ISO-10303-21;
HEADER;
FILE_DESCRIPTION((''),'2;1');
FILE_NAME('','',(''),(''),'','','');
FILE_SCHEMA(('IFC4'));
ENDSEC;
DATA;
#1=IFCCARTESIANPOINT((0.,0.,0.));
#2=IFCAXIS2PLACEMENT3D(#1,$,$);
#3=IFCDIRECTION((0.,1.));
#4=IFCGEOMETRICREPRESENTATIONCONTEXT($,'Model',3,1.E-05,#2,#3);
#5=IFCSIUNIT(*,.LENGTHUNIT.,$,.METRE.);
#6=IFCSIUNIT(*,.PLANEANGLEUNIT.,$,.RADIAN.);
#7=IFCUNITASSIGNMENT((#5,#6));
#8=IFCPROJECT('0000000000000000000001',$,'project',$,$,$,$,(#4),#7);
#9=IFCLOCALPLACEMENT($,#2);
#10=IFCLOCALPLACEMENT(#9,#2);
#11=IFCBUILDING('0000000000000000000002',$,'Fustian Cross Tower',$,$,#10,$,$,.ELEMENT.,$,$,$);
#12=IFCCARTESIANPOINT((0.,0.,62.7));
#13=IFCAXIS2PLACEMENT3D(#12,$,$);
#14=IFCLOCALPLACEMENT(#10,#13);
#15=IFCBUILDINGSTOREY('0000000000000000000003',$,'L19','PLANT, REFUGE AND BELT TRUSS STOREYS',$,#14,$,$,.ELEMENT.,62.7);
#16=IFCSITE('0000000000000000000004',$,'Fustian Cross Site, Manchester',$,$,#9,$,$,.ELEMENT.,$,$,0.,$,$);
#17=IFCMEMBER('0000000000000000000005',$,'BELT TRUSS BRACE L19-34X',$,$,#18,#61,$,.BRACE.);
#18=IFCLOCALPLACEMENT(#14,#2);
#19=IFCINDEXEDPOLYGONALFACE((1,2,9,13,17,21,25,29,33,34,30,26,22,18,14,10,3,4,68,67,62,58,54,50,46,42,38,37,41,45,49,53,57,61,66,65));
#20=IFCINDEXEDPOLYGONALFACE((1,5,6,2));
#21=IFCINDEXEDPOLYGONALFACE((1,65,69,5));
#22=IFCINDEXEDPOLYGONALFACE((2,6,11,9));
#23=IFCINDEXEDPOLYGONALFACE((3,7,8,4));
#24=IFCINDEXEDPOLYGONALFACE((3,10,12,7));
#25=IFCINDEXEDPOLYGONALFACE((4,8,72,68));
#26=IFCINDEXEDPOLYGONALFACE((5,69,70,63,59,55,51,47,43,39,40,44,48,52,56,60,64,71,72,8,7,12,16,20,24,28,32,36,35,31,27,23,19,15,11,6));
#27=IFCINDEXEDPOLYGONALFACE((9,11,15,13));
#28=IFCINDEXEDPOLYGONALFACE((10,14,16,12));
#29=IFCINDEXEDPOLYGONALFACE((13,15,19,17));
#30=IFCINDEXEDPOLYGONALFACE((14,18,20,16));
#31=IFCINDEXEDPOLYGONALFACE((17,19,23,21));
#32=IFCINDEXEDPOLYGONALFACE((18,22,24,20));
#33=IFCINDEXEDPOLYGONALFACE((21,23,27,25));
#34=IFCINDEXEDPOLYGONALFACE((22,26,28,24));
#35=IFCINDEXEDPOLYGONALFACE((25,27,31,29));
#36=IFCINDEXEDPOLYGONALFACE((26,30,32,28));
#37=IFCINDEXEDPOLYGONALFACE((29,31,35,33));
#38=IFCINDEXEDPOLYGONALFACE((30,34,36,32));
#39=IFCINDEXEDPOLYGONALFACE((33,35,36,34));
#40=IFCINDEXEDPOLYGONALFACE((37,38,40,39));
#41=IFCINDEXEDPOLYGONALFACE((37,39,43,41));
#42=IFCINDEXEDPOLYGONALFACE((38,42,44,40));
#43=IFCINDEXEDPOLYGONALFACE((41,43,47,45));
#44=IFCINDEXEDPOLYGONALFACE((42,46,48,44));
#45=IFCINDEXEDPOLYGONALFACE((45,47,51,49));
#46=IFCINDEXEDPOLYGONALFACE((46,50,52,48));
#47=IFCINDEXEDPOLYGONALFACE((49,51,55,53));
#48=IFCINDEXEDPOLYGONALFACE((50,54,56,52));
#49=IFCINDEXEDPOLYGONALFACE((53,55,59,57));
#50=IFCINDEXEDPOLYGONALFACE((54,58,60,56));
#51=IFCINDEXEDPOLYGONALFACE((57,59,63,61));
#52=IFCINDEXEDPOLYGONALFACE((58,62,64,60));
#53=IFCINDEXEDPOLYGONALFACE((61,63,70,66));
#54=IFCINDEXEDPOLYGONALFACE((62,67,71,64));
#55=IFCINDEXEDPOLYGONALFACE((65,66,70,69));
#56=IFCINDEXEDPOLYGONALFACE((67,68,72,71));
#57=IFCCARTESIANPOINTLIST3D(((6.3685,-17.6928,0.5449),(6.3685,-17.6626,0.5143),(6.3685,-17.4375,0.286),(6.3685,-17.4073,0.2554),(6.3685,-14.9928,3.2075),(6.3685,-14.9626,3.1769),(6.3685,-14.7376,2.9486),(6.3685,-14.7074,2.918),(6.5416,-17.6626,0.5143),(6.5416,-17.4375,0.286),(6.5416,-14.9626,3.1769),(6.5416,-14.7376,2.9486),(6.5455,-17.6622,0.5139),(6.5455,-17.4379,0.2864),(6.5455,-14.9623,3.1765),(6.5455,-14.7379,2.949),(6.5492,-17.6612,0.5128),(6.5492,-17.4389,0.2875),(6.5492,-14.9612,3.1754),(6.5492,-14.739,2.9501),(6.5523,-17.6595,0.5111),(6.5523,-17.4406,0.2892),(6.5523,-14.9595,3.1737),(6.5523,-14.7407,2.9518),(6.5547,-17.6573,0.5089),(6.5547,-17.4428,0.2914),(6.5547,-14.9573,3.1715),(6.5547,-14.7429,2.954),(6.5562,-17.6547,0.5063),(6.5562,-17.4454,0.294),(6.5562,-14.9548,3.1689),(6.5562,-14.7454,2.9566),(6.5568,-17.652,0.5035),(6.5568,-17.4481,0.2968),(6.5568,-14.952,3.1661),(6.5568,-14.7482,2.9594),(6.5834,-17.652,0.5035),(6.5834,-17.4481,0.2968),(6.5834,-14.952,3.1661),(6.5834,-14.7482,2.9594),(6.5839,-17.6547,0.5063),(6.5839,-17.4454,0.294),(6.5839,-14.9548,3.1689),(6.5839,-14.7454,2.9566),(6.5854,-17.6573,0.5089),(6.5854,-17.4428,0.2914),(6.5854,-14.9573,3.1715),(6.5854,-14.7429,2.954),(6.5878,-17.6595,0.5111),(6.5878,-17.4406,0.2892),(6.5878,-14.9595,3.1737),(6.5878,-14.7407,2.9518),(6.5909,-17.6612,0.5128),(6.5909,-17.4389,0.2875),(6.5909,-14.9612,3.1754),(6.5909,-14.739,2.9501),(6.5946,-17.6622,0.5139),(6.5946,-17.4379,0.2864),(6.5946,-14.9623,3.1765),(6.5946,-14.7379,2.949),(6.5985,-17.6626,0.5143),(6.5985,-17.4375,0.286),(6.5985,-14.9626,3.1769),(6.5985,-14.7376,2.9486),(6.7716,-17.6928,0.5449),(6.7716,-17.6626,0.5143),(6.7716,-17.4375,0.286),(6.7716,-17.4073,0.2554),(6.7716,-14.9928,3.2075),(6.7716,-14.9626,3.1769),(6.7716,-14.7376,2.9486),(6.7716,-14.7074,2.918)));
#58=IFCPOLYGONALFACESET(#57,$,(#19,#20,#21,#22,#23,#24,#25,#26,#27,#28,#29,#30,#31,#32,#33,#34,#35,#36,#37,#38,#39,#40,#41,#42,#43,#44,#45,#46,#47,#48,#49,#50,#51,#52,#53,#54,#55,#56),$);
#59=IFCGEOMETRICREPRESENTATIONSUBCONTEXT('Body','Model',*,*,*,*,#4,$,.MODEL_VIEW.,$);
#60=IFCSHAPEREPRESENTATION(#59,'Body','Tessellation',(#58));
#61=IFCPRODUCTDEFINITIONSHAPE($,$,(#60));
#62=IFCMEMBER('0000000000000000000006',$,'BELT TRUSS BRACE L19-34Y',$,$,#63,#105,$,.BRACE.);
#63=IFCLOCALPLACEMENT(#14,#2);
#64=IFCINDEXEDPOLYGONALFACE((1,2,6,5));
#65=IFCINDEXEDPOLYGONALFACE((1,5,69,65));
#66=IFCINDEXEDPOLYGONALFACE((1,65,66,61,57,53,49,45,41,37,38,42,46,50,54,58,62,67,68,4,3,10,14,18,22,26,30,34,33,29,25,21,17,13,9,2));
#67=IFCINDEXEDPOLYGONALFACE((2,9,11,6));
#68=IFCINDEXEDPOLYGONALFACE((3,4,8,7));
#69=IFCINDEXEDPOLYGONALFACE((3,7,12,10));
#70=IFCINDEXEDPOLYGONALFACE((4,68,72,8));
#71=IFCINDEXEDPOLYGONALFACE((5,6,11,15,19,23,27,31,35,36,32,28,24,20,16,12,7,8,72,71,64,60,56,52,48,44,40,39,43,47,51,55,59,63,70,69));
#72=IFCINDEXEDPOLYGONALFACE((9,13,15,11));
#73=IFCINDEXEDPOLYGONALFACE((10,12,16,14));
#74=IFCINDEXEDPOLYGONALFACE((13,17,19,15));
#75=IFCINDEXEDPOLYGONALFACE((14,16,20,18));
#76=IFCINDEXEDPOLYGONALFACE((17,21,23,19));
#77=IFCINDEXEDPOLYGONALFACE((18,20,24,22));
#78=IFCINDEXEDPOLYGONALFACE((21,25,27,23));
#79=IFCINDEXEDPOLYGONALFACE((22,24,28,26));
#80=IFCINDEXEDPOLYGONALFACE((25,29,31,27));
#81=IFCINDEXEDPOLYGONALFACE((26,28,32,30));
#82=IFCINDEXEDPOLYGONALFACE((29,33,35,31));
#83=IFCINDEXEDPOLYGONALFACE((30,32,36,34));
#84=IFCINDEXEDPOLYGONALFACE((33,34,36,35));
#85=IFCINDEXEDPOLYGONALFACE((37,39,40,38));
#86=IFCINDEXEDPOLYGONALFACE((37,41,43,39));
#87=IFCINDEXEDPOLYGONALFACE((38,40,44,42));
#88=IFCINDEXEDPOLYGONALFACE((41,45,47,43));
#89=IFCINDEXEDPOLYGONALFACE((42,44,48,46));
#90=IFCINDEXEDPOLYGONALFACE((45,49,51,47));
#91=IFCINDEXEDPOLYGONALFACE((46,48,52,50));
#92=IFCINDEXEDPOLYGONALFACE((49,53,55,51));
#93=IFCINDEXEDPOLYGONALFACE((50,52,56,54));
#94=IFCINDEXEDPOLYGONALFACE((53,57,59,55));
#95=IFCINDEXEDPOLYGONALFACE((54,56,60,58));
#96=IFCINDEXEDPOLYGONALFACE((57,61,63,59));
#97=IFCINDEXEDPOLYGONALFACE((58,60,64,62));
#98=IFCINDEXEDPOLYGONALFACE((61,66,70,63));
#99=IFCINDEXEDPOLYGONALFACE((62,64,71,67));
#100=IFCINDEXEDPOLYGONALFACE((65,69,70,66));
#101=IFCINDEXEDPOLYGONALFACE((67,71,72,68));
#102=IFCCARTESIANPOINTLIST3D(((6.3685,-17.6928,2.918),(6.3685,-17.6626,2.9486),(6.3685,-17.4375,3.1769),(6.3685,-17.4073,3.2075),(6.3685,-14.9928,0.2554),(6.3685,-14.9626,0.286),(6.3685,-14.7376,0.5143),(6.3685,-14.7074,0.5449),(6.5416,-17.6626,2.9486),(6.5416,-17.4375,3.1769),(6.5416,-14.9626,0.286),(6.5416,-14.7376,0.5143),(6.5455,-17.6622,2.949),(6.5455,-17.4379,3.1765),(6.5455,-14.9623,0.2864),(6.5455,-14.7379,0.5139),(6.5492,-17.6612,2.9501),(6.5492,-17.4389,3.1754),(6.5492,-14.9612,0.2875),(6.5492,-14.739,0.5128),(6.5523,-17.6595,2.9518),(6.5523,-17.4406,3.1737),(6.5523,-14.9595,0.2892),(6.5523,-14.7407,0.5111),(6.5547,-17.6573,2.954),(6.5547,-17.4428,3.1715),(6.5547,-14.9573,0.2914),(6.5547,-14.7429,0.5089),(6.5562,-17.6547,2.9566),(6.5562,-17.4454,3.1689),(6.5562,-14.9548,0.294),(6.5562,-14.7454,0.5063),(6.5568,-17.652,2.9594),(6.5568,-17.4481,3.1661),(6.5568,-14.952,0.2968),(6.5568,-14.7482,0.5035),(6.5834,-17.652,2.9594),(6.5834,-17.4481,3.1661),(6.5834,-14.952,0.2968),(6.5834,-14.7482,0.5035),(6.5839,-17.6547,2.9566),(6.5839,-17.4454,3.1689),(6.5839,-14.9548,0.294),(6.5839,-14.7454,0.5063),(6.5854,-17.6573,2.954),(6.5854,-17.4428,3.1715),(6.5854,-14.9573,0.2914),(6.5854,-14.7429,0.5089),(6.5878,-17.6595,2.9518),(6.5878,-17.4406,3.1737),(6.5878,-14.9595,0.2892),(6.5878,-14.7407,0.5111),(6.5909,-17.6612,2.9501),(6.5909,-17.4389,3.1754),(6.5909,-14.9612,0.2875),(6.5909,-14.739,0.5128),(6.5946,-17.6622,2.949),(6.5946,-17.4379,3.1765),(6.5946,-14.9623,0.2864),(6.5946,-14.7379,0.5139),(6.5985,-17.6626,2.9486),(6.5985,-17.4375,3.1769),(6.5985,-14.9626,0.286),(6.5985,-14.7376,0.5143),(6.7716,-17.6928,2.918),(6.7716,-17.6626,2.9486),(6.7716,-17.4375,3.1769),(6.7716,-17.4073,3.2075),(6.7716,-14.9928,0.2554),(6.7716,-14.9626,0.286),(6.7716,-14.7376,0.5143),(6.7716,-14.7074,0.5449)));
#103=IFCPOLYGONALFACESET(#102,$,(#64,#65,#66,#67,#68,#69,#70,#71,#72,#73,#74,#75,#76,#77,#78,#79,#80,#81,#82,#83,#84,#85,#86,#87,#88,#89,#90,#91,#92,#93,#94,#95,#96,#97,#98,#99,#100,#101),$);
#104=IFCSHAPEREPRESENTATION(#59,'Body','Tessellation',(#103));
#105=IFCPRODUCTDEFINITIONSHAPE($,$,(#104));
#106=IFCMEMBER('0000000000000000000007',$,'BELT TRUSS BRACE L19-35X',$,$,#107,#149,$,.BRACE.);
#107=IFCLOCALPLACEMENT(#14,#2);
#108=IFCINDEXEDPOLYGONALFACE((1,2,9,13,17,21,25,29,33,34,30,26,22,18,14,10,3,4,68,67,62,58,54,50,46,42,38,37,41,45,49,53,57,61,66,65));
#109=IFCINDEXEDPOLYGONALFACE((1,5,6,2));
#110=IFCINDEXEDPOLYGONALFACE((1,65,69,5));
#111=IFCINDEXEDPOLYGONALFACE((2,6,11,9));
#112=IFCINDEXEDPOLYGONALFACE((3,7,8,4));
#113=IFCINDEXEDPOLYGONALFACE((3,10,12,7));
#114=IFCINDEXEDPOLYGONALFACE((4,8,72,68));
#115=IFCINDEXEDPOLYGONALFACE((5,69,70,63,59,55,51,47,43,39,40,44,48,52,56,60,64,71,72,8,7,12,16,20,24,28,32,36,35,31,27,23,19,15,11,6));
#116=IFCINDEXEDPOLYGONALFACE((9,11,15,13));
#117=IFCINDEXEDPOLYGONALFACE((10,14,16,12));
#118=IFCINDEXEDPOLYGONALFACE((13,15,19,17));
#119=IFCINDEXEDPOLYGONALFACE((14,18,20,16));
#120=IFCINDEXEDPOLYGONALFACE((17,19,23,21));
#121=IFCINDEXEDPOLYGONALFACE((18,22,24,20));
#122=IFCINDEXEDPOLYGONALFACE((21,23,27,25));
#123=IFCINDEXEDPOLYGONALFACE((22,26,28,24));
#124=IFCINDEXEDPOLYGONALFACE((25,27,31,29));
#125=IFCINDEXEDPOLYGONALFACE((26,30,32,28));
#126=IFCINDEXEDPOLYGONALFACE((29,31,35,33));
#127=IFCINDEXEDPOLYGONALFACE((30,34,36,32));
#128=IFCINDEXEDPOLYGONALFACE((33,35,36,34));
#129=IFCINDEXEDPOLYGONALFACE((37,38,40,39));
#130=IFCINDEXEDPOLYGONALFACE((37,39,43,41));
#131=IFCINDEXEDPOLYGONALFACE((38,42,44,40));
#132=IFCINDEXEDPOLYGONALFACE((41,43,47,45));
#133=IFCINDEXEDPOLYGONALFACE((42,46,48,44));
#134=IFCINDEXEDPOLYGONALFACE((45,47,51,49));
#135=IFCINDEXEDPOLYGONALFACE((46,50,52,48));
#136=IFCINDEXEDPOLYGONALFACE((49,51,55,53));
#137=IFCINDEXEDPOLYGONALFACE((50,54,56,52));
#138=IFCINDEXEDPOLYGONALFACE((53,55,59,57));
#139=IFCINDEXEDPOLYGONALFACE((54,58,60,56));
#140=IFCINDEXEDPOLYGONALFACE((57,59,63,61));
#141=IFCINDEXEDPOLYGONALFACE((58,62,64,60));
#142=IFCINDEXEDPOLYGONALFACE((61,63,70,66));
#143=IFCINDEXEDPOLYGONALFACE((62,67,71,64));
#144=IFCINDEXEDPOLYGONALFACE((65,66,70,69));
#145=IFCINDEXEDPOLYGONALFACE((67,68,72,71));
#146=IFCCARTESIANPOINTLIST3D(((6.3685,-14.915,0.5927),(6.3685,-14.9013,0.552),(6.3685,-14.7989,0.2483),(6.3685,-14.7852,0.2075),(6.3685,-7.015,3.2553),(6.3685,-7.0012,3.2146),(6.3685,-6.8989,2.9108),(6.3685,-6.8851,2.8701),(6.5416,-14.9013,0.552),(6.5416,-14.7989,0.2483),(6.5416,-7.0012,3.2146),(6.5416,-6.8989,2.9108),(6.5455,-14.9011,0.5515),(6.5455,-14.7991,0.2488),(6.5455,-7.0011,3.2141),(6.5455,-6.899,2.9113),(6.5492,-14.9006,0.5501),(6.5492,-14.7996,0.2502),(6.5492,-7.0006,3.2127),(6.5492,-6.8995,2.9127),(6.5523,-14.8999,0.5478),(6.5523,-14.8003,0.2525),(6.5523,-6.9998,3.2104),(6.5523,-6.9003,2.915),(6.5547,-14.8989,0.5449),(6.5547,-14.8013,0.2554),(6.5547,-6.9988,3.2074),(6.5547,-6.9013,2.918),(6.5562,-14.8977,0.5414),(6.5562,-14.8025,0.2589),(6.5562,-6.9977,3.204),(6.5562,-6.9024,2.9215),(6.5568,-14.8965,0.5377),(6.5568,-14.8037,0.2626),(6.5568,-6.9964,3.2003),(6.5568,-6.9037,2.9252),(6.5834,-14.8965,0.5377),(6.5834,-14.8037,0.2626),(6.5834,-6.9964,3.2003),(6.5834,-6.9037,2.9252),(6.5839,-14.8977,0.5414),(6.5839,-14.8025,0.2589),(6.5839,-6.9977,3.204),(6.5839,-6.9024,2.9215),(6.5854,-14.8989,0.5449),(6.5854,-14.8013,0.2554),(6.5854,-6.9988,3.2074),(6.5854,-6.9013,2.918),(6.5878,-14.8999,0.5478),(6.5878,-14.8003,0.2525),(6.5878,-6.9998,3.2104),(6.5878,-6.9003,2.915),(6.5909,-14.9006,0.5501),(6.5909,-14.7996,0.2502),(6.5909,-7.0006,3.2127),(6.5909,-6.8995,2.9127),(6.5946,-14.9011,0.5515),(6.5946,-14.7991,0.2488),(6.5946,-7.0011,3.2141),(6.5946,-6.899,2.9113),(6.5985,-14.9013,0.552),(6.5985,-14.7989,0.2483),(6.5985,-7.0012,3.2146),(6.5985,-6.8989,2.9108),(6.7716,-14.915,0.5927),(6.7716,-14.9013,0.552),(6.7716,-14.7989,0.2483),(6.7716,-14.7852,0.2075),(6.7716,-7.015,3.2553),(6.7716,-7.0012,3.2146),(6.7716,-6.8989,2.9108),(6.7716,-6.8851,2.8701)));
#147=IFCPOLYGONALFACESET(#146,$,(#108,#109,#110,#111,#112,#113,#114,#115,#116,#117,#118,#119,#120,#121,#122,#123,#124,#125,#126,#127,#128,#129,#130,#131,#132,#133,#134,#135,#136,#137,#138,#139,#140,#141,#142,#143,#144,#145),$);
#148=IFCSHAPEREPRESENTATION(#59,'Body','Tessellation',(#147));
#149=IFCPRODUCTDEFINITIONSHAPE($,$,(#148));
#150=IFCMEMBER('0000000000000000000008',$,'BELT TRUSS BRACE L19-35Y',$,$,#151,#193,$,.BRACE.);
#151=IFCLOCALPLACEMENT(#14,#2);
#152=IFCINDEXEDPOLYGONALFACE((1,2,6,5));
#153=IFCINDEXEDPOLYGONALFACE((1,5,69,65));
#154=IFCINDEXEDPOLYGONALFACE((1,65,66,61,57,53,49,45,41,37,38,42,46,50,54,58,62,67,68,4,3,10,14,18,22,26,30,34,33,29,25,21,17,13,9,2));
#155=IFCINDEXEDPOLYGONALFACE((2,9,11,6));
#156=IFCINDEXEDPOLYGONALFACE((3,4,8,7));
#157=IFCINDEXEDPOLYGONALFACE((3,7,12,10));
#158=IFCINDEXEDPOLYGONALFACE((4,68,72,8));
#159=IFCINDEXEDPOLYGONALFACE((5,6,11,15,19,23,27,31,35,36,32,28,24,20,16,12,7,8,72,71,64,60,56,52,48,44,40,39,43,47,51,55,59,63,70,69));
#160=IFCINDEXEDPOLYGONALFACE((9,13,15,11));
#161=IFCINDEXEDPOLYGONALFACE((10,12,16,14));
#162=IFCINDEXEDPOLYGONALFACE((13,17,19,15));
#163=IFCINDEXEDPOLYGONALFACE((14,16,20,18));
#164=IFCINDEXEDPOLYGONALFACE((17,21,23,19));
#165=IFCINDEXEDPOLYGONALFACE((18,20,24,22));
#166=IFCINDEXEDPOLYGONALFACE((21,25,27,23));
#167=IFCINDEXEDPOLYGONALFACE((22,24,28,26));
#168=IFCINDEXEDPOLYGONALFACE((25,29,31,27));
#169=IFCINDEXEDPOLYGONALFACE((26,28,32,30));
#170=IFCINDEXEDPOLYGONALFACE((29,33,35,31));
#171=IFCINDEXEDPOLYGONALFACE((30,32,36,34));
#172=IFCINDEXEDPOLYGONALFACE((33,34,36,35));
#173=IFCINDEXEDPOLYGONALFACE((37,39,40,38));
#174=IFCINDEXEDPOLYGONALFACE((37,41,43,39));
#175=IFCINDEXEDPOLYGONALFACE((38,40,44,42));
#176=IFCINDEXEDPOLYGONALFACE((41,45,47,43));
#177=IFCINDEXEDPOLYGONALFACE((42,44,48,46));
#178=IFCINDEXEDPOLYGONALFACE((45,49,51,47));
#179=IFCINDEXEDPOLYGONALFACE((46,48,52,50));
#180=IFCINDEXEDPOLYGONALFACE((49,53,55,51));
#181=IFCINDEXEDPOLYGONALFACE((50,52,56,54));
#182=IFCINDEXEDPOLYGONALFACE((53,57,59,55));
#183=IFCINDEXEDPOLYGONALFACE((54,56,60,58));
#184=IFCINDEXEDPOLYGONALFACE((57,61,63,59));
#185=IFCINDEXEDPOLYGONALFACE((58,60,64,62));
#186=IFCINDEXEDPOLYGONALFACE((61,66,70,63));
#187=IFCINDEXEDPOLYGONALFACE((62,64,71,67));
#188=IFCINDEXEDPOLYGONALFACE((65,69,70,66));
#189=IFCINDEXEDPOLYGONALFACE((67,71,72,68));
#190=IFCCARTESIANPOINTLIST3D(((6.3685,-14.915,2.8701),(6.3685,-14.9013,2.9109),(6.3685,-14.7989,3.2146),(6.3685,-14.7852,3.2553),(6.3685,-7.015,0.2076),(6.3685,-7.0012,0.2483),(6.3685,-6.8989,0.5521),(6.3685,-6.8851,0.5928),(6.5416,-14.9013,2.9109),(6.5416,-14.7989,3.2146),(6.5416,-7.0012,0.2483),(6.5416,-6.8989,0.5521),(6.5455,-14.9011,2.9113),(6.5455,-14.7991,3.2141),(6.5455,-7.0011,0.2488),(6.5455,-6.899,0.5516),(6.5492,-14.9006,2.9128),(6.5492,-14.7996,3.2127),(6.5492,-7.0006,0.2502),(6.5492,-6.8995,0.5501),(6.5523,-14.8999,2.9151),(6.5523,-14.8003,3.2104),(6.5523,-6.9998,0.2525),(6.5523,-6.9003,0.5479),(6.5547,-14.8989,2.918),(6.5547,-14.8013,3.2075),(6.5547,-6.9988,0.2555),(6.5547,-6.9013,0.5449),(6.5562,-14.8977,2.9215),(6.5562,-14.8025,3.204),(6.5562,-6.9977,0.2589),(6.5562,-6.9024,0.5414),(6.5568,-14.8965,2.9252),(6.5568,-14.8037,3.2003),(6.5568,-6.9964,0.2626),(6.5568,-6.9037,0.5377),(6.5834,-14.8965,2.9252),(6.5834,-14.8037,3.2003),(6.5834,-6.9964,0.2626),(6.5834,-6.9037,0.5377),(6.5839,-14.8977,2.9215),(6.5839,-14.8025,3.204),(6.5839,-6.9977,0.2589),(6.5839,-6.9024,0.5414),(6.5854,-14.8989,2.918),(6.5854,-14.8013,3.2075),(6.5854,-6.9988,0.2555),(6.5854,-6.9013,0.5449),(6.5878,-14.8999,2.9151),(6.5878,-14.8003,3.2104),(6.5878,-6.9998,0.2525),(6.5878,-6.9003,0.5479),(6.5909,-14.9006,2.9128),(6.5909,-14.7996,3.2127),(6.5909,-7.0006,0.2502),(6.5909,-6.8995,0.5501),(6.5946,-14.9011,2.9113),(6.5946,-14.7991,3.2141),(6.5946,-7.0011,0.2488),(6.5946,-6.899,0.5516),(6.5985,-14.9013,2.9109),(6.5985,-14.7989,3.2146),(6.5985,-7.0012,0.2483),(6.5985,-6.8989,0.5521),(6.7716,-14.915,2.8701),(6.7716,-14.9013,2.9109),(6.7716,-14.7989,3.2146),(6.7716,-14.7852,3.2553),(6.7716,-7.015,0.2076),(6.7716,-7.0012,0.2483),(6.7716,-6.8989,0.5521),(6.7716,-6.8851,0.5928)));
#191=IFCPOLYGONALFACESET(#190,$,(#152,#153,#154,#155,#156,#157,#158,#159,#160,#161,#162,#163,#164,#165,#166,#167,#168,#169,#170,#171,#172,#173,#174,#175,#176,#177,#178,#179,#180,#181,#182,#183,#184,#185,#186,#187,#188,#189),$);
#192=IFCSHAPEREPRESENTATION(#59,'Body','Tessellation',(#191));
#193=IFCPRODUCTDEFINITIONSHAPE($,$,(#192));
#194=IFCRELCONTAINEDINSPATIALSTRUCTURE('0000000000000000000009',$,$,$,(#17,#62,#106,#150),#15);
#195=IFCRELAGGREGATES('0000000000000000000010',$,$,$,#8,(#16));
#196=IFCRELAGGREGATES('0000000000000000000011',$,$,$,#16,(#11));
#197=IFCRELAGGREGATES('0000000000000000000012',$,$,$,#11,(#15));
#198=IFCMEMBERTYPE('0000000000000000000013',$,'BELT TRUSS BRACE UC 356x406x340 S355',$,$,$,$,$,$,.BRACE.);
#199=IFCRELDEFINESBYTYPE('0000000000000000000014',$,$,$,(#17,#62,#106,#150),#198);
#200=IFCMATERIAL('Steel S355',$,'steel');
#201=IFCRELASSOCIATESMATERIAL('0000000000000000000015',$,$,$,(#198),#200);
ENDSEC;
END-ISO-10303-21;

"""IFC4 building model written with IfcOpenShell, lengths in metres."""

from ifc_helpers import new_model, si_unit, direction, frame, origin, origin_2d, place, context, subcontext, project, spatial, i_section, extrude, material, material_profile, profile_set, type_object, element, save


model = new_model("IFC4")

# Units and contexts
model_context = context("Model", 3, precision=1e-05, world=origin(), true_north=direction((0.0, 1.0)))
body_context = subcontext(model_context, "Body", "Model", "MODEL_VIEW")
ifc_project = project(units=[si_unit("LENGTHUNIT", "METRE"), si_unit("PLANEANGLEUNIT", "RADIAN")], contexts=[model_context])

# Site, building, storey
site_placement = place(None, origin())
site = spatial("IfcSite", under=ifc_project, at=site_placement, Name="Fustian Cross Site, Manchester", CompositionType="ELEMENT", RefElevation=0.0)
building_placement = place(site_placement, origin())
building = spatial("IfcBuilding", under=site, at=building_placement, Name="Fustian Cross Tower", CompositionType="ELEMENT")
storey_placement = place(building_placement, frame((0.0, 0.0, 62.7)))
storey = spatial("IfcBuildingStorey", under=building, at=storey_placement, Name="L19", Description="PLANT, REFUGE AND BELT TRUSS STOREYS", CompositionType="ELEMENT", Elevation=62.7)

# Members
ifc_material_1 = material(Name="Steel S355", Category="steel")
ifc_material_profile_1 = material_profile(ifc_material_1, i_section(OverallWidth=0.4031, OverallDepth=0.4065, WebThickness=0.0266, FlangeThickness=0.043, FilletRadius=0.0151, at=origin_2d()), Name="UC 356x406x340")
ifc_profile_set_1 = profile_set([ifc_material_profile_1], Name="Steel S355")
member_type_1 = type_object("IfcMemberType", Name="BELT TRUSS BRACE UC 356x406x340 S355", PredefinedType="BRACE", material=ifc_profile_set_1)
for number, where, z_axis, x_axis, name in (
    (1, (6.5701, -17.55, 0.4001), (0.0, 0.712015, 0.702164), (-1.0, 0.0, 0.0), "BELT TRUSS BRACE L19-34X"),
    (2, (6.5701, -17.55, 3.0627), (0.0, 0.712015, -0.702164), (-1.0, 0.0, 0.0), "BELT TRUSS BRACE L19-34Y"),
):
    element("IfcMember", number, at=place(storey_placement, frame(where, z_axis=z_axis, x_axis=x_axis)), inside=storey, type_object=member_type_1, Name=name, PredefinedType="BRACE", context=body_context, shape_type="SweptSolid", body=[
        extrude(i_section(OverallWidth=0.4031, OverallDepth=0.4065, WebThickness=0.0266, FlangeThickness=0.043, FilletRadius=0.0151, at=origin_2d()), origin(), (0.0, 0.0, 1.0), 3.792),
    ])
for number, where, z_axis, x_axis, name in (
    (3, (6.5701, -14.8501, 0.4001), (0.0, 0.947627, 0.31938), (-1.0, 0.0, 0.0), "BELT TRUSS BRACE L19-35X"),
    (4, (6.5701, -14.8501, 3.0627), (0.0, 0.947627, -0.31938), (-1.0, 0.0, 0.0), "BELT TRUSS BRACE L19-35Y"),
):
    element("IfcMember", number, at=place(storey_placement, frame(where, z_axis=z_axis, x_axis=x_axis)), inside=storey, type_object=member_type_1, Name=name, PredefinedType="BRACE", context=body_context, shape_type="SweptSolid", body=[
        extrude(i_section(OverallWidth=0.4031, OverallDepth=0.4065, WebThickness=0.0266, FlangeThickness=0.043, FilletRadius=0.0151, at=origin_2d()), origin(), (0.0, 0.0, 1.0), 8.3367),
    ])

save(model, "model.ifc")
